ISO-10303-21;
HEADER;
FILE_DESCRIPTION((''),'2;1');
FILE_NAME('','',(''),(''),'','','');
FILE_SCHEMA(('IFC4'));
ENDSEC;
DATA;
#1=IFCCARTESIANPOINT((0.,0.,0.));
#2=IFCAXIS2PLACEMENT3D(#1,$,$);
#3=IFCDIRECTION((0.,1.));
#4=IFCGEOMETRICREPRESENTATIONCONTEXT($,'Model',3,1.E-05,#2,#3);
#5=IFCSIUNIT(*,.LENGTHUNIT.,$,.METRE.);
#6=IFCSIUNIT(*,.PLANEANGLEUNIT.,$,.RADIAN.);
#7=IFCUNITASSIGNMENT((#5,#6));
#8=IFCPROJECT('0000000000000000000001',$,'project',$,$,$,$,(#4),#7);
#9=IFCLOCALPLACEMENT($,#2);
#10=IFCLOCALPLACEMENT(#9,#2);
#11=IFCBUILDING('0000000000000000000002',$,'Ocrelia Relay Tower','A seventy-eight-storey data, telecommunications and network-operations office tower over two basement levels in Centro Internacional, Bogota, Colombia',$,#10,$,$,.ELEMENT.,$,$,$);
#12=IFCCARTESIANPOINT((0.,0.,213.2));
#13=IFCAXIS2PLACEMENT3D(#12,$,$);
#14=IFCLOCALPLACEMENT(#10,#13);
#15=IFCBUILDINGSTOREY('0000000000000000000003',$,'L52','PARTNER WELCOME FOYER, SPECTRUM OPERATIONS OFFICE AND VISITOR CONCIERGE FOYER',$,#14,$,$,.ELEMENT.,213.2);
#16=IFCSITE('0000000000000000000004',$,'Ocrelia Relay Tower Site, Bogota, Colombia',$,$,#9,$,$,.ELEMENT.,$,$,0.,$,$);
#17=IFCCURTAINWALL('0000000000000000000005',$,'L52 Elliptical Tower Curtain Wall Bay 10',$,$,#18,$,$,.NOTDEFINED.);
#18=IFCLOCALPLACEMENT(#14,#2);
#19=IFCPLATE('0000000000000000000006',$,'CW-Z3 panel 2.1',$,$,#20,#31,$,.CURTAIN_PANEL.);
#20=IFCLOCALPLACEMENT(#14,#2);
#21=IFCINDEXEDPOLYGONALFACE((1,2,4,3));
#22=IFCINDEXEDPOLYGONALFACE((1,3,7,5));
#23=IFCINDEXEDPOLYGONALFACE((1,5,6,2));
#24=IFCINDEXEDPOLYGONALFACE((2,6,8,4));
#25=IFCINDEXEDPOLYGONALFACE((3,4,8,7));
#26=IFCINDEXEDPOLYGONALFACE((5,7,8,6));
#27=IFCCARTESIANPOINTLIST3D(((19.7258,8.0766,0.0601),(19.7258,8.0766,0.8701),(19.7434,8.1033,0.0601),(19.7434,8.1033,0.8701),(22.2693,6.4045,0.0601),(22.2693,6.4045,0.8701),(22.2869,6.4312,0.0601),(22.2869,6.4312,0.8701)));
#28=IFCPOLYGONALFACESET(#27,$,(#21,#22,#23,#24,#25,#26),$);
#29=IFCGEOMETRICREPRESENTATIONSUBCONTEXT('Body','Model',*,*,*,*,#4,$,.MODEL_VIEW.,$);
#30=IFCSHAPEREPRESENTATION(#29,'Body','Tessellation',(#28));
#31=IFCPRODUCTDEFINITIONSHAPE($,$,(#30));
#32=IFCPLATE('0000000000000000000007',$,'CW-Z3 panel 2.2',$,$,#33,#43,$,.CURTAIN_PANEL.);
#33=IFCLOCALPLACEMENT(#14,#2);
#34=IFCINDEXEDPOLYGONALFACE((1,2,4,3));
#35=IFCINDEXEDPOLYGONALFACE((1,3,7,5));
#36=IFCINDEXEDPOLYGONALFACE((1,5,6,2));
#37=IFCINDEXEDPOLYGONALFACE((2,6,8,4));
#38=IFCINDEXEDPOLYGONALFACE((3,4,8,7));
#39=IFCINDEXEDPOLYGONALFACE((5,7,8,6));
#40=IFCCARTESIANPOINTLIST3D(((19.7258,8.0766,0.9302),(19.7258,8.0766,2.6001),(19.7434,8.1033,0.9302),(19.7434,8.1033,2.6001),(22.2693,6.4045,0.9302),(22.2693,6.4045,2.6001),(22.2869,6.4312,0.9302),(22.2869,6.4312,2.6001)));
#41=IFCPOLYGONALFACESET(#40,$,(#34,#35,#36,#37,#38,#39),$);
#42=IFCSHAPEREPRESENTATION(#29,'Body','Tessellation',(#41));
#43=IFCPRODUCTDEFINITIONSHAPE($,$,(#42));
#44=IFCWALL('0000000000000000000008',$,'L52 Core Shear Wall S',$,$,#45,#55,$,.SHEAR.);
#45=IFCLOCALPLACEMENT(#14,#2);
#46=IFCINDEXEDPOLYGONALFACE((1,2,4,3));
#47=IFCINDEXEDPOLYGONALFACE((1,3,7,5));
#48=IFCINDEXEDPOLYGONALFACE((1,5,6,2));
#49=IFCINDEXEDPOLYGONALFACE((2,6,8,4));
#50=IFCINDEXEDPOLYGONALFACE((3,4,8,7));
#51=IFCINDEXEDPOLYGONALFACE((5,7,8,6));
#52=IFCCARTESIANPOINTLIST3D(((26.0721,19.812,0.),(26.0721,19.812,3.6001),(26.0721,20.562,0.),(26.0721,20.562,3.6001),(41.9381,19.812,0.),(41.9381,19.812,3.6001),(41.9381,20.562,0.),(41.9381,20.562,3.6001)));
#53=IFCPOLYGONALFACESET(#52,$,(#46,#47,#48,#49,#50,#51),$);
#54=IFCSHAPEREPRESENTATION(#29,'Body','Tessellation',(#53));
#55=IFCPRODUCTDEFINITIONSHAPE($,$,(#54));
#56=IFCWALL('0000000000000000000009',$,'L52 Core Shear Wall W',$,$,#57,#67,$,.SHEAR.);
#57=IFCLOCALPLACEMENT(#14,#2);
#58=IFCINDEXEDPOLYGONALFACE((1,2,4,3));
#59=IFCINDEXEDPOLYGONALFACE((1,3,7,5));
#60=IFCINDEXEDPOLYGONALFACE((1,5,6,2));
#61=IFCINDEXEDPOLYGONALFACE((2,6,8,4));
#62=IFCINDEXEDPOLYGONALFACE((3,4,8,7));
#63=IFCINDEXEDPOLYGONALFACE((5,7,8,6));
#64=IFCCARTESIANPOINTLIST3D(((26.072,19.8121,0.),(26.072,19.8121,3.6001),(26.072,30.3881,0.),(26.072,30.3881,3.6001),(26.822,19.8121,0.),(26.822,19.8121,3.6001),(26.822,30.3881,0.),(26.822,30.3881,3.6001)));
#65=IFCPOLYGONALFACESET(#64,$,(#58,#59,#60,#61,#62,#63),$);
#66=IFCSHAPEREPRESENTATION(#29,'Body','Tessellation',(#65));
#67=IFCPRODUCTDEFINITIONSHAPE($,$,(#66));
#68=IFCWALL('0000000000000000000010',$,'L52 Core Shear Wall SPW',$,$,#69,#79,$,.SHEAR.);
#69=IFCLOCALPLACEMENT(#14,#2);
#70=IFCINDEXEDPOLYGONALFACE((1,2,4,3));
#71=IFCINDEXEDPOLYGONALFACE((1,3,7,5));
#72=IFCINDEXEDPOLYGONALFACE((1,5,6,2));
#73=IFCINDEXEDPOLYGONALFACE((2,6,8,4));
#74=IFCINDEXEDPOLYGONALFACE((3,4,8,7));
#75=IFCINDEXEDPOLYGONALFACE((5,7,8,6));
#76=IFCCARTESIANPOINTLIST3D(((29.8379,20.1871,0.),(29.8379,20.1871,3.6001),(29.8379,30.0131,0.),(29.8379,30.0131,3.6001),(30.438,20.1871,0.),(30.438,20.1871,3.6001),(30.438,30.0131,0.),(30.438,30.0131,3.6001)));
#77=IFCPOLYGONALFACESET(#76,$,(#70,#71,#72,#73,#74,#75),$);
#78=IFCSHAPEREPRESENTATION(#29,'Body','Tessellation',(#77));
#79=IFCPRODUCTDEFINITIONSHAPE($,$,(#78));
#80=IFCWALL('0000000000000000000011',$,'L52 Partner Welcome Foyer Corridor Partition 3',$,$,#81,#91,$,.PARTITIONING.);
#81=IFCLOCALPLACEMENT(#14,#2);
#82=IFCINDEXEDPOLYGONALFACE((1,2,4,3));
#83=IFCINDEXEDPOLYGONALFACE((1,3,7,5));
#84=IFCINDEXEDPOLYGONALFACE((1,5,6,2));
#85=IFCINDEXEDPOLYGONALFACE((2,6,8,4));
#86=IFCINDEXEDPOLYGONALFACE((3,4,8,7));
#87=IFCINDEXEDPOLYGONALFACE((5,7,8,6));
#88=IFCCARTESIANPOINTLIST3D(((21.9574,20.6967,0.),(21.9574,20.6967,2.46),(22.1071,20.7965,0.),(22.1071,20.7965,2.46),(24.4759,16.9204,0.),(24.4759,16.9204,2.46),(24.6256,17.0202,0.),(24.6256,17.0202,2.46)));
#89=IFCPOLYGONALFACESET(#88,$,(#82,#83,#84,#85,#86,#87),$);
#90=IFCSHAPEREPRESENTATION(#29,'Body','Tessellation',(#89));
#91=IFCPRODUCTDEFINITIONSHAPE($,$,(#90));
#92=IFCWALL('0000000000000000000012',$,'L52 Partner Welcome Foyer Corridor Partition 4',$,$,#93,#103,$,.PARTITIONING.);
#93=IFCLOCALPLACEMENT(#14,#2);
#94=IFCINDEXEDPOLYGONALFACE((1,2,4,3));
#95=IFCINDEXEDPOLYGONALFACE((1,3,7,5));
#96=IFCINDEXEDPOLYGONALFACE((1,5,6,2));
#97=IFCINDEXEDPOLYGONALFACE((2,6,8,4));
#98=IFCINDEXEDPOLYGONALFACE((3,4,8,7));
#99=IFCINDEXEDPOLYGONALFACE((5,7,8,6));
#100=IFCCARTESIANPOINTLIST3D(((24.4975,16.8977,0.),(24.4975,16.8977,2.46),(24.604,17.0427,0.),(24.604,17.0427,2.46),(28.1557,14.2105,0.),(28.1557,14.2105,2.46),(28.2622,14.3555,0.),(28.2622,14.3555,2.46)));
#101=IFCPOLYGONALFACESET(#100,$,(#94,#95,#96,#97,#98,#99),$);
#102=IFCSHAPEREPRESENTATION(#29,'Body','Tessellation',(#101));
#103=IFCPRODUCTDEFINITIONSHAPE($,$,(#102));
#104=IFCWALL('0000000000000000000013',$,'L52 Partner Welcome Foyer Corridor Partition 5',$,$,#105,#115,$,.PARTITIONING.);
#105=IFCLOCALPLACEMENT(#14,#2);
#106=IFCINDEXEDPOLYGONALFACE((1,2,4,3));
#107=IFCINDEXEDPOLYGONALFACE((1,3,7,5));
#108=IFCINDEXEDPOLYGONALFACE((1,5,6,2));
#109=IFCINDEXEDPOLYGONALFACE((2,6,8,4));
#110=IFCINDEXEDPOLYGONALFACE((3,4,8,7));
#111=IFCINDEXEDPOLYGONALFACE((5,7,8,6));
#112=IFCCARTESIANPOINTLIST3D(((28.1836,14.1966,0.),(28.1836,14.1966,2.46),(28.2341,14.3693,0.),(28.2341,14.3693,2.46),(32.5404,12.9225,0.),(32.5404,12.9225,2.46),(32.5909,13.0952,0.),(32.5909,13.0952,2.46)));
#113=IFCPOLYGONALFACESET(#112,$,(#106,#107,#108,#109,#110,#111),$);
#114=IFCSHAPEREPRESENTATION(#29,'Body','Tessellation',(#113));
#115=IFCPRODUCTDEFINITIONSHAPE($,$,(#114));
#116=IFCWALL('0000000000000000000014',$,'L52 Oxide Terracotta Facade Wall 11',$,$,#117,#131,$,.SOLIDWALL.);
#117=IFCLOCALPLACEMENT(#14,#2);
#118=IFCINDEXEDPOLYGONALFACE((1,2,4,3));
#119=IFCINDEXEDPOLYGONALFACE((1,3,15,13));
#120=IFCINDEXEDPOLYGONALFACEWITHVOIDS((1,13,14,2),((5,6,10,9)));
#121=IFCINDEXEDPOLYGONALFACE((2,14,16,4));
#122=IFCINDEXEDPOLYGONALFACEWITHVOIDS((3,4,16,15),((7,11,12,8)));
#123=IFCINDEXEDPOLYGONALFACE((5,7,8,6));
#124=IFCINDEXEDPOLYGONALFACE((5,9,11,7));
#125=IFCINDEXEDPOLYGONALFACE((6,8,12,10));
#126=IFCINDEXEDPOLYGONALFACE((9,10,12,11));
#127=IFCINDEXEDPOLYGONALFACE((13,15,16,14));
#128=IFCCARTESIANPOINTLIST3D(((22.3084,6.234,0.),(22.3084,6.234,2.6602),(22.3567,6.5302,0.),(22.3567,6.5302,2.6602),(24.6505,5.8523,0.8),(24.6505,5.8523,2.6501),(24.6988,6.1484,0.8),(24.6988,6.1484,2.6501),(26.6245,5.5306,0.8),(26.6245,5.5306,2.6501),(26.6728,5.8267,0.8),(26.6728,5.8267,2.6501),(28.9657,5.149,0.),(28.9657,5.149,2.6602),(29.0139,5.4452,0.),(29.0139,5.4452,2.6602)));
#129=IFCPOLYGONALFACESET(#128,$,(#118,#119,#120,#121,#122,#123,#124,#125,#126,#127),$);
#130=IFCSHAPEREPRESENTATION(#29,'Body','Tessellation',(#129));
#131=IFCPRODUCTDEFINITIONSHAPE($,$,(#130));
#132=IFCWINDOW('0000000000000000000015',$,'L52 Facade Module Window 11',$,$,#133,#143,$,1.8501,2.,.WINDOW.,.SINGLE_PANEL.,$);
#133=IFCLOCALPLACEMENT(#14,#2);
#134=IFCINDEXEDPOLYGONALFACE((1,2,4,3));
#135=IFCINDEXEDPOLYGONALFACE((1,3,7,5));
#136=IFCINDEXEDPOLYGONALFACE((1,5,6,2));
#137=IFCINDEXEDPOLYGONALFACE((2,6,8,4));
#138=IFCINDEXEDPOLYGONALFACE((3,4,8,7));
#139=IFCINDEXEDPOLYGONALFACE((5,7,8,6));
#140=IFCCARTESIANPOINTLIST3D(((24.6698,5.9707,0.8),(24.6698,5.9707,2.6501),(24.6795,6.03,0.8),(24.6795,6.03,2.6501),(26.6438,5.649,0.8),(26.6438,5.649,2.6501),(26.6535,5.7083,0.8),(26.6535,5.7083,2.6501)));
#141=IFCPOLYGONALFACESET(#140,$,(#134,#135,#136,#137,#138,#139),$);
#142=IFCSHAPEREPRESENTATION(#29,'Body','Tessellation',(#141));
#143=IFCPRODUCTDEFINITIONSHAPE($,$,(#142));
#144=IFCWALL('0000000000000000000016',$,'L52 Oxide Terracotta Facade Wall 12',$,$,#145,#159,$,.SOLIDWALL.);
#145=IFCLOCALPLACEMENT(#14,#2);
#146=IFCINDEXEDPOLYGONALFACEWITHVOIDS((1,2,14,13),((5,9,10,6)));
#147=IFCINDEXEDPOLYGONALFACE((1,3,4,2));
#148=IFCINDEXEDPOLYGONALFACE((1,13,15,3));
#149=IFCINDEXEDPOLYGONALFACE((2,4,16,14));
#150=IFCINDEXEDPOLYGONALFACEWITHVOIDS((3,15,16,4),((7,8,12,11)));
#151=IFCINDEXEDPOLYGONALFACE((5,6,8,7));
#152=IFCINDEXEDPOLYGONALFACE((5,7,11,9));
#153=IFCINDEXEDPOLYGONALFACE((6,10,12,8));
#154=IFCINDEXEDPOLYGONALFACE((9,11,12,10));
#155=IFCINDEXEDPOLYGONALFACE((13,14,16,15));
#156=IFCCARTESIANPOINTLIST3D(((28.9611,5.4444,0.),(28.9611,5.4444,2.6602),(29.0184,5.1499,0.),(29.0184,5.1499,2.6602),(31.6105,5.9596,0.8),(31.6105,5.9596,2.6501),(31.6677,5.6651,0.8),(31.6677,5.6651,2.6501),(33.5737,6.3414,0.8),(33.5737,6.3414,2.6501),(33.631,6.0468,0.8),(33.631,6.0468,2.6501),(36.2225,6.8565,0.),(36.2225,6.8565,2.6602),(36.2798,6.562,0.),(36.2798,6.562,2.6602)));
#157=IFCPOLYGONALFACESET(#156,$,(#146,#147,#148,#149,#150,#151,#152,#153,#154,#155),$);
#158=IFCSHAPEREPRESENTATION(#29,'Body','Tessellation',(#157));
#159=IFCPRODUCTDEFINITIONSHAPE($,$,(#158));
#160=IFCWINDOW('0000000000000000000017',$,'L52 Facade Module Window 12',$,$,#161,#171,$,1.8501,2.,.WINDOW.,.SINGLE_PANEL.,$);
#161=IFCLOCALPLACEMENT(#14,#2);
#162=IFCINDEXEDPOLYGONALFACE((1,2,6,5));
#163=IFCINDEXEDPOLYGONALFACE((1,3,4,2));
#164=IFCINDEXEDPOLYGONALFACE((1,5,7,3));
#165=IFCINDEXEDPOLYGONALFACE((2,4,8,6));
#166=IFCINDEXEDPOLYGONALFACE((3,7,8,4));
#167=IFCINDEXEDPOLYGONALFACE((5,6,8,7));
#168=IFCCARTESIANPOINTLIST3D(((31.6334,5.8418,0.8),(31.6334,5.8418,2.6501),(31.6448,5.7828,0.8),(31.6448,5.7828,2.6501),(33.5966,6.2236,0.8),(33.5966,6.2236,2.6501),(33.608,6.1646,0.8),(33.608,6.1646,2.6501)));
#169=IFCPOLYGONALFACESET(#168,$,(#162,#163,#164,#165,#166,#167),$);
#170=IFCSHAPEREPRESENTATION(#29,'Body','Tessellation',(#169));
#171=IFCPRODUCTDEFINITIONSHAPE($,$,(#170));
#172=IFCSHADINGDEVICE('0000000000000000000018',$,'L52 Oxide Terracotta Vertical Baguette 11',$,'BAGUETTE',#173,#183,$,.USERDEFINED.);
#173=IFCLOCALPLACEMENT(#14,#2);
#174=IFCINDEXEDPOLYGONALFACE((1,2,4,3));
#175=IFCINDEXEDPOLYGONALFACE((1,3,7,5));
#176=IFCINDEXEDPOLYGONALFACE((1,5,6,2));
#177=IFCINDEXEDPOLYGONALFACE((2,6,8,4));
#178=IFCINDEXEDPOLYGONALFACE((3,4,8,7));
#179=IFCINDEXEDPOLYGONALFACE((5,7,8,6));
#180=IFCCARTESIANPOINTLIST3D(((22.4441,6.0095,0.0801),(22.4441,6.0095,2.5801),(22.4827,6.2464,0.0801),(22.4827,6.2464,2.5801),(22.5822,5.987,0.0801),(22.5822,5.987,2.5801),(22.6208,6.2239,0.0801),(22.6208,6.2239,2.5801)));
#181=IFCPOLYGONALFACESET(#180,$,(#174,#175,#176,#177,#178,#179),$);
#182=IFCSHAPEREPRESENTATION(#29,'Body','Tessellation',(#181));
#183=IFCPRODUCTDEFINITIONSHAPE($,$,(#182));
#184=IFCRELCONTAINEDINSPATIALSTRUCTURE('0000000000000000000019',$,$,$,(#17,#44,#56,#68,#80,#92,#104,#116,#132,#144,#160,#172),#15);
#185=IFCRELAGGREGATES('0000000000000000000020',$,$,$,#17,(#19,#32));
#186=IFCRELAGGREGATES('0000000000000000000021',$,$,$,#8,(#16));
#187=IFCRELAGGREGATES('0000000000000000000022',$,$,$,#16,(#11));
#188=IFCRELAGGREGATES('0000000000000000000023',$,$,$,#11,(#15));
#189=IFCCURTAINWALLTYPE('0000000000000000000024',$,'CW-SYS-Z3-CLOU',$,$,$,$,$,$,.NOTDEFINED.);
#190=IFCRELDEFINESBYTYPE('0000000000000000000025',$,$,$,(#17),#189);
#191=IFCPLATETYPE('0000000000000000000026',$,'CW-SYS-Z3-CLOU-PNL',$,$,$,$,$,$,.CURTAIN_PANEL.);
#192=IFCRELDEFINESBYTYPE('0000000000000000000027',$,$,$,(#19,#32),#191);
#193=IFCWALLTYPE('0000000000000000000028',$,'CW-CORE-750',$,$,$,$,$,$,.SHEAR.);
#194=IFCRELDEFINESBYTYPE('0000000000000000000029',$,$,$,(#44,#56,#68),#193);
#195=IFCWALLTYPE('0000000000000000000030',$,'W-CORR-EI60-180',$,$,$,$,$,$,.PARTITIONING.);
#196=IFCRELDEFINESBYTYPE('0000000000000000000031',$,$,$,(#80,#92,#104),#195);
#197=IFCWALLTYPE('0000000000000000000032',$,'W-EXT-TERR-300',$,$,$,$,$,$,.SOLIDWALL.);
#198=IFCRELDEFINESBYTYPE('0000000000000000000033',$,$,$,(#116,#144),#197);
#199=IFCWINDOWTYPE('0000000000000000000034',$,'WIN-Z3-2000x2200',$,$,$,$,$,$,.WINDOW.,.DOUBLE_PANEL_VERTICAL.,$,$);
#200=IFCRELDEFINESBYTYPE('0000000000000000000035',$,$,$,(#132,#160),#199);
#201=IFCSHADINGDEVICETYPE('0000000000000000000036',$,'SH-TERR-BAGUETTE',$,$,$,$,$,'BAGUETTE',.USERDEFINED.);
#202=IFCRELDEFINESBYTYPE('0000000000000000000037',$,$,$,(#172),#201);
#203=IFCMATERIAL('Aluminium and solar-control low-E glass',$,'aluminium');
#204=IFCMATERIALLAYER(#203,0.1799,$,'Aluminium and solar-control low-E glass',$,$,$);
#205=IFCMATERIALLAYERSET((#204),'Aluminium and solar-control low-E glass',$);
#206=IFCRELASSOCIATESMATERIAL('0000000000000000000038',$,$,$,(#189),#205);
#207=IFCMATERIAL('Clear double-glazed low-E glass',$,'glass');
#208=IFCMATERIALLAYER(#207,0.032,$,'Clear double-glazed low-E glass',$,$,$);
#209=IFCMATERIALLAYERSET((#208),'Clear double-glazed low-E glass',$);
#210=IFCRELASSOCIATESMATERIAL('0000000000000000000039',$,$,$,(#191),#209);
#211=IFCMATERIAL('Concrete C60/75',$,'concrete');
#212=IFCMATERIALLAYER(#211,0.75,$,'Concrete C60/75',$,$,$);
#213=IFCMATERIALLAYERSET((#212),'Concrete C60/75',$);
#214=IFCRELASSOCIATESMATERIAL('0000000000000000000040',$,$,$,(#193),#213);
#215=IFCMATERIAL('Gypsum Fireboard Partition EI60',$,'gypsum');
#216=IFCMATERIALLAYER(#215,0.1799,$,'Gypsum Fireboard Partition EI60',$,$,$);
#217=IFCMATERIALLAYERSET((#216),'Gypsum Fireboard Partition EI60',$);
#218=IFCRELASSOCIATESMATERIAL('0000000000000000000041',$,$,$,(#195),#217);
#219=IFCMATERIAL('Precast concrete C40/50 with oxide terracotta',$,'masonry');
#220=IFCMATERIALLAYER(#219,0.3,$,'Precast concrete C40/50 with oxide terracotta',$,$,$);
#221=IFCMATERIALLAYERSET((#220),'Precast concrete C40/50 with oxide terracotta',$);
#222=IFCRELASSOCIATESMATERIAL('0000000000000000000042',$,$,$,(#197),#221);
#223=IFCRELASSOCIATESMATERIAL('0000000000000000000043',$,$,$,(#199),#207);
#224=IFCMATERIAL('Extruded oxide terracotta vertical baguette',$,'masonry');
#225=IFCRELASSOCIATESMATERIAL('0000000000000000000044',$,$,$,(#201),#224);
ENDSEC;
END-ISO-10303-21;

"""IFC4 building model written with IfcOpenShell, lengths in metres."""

from ifc_helpers import new_model, si_unit, direction, frame, frame_2d, origin, origin_2d, place, context, subcontext, project, spatial, rectangle, extrude, material, layer, layer_set, type_object, element, fill, aggregate, save


model = new_model("IFC4")

# Units and contexts
model_context = context("Model", 3, precision=1e-05, world=origin(), true_north=direction((0.0, 1.0)))
body_context = subcontext(model_context, "Body", "Model", "MODEL_VIEW")
ifc_project = project(units=[si_unit("LENGTHUNIT", "METRE"), si_unit("PLANEANGLEUNIT", "RADIAN")], contexts=[model_context])

# Site, building, storey
site_placement = place(None, origin())
site = spatial("IfcSite", under=ifc_project, at=site_placement, Name="Ocrelia Relay Tower Site, Bogota, Colombia", CompositionType="ELEMENT", RefElevation=0.0)
building_placement = place(site_placement, origin())
building = spatial("IfcBuilding", under=site, at=building_placement, Name="Ocrelia Relay Tower", Description="A seventy-eight-storey data, telecommunications and network-operations office tower over two basement levels in Centro Internacional, Bogota, Colombia", CompositionType="ELEMENT")
storey_placement = place(building_placement, frame((0.0, 0.0, 213.2)))
storey = spatial("IfcBuildingStorey", under=building, at=storey_placement, Name="L52", Description="PARTNER WELCOME FOYER, SPECTRUM OPERATIONS OFFICE AND VISITOR CONCIERGE FOYER", CompositionType="ELEMENT", Elevation=213.2)

# Shared definitions
ifc_material_1 = material(Name="Concrete C60/75", Category="concrete")

# Curtain wall, plates
ifc_material_2 = material(Name="Aluminium and solar-control low-E glass", Category="aluminium")
ifc_layer_1 = layer(ifc_material_2, 0.1799, Name="Aluminium and solar-control low-E glass")
ifc_layer_set_1 = layer_set([ifc_layer_1], Name="Aluminium and solar-control low-E glass")
curtain_wall_type = type_object("IfcCurtainWallType", Name="CW-SYS-Z3-CLOU", PredefinedType="NOTDEFINED", material=ifc_layer_set_1)
curtain_wall_placement = place(storey_placement, origin())
curtain_wall = element("IfcCurtainWall", 1, at=curtain_wall_placement, inside=storey, type_object=curtain_wall_type, Name="L52 Elliptical Tower Curtain Wall Bay 10", PredefinedType="NOTDEFINED")
ifc_material_3 = material(Name="Clear double-glazed low-E glass", Category="glass")
ifc_layer_2 = layer(ifc_material_3, 0.032, Name="Clear double-glazed low-E glass")
ifc_layer_set_2 = layer_set([ifc_layer_2], Name="Clear double-glazed low-E glass")
plate_type = type_object("IfcPlateType", Name="CW-SYS-Z3-CLOU-PNL", PredefinedType="CURTAIN_PANEL", material=ifc_layer_set_2)
plate_1_placement = place(storey_placement, frame((21.0063, 7.2539, 0.0601), z_axis=(0.0, 0.0, 1.0), x_axis=(0.835613, -0.549319, 0.0)))
plate_1 = element("IfcPlate", 2, at=plate_1_placement, type_object=plate_type, Name="CW-Z3 panel 2.1", PredefinedType="CURTAIN_PANEL", context=body_context, shape_type="SweptSolid", body=[
    extrude(rectangle(XDim=3.0439, YDim=0.032, at=origin_2d()), origin(), (0.0, 0.0, 1.0), 0.8101),
])
plate_2_placement = place(storey_placement, frame((21.0063, 7.2539, 0.9302), z_axis=(0.0, 0.0, 1.0), x_axis=(0.835613, -0.549319, 0.0)))
plate_2 = element("IfcPlate", 3, at=plate_2_placement, type_object=plate_type, Name="CW-Z3 panel 2.2", PredefinedType="CURTAIN_PANEL", context=body_context, shape_type="SweptSolid", body=[
    extrude(rectangle(XDim=3.0439, YDim=0.032, at=origin_2d()), origin(), (0.0, 0.0, 1.0), 1.6699),
])
aggregate(curtain_wall, [plate_1, plate_2])

# Walls
ifc_layer_3 = layer(ifc_material_1, 0.75, Name="Concrete C60/75")
ifc_layer_set_3 = layer_set([ifc_layer_3], Name="Concrete C60/75")
wall_type_1 = type_object("IfcWallType", Name="CW-CORE-750", PredefinedType="SHEAR", material=ifc_layer_set_3)
wall_1_placement = place(storey_placement, frame((26.072, 20.187, 0.0), z_axis=(0.0, 0.0, 1.0), x_axis=(1.0, 0.0, 0.0)))
element("IfcWall", 4, at=wall_1_placement, inside=storey, type_object=wall_type_1, Name="L52 Core Shear Wall S", PredefinedType="SHEAR", context=body_context, shape_type="SweptSolid", body=[
    extrude(rectangle(XDim=15.866, YDim=0.75, at=frame_2d((7.9331, 0.0))), origin(), (0.0, 0.0, 1.0), 3.6001),
])
wall_2_placement = place(storey_placement, frame((26.447, 19.812, 0.0), z_axis=(0.0, 0.0, 1.0), x_axis=(0.0, 1.0, 0.0)))
element("IfcWall", 5, at=wall_2_placement, inside=storey, type_object=wall_type_1, Name="L52 Core Shear Wall W", PredefinedType="SHEAR", context=body_context, shape_type="SweptSolid", body=[
    extrude(rectangle(XDim=10.5759, YDim=0.75, at=frame_2d((5.2881, 0.0))), origin(), (0.0, 0.0, 1.0), 3.6001),
])
wall_3_placement = place(storey_placement, frame((30.1379, 20.187, 0.0), z_axis=(0.0, 0.0, 1.0), x_axis=(0.0, 1.0, 0.0)))
element("IfcWall", 6, at=wall_3_placement, inside=storey, type_object=wall_type_1, Name="L52 Core Shear Wall SPW", PredefinedType="SHEAR", context=body_context, shape_type="SweptSolid", body=[
    extrude(rectangle(XDim=9.8259, YDim=0.6001, at=frame_2d((4.9131, 0.0))), origin(), (0.0, 0.0, 1.0), 3.6001),
])
ifc_material_4 = material(Name="Gypsum Fireboard Partition EI60", Category="gypsum")
ifc_layer_4 = layer(ifc_material_4, 0.1799, Name="Gypsum Fireboard Partition EI60")
ifc_layer_set_4 = layer_set([ifc_layer_4], Name="Gypsum Fireboard Partition EI60")
wall_type_2 = type_object("IfcWallType", Name="W-CORR-EI60-180", PredefinedType="PARTITIONING", material=ifc_layer_set_4)
for number, where, z_axis, x_axis, name in (
    (7, (22.0322, 20.7466, 0.0), (0.0, 0.0, 1.0), (0.554849, -0.831951, 0.0), "L52 Partner Welcome Foyer Corridor Partition 3"),
    (8, (24.5508, 16.9702, 0.0), (0.0, 0.0, 1.0), (0.805924, -0.592019, 0.0), "L52 Partner Welcome Foyer Corridor Partition 4"),
):
    element("IfcWall", number, at=place(storey_placement, frame(where, z_axis=z_axis, x_axis=x_axis)), inside=storey, type_object=wall_type_2, Name=name, PredefinedType="PARTITIONING", context=body_context, shape_type="SweptSolid", body=[
        extrude(rectangle(XDim=4.5391, YDim=0.1799, at=frame_2d((2.2695, 0.0))), origin(), (0.0, 0.0, 1.0), 2.46),
    ])
wall_4_placement = place(storey_placement, frame((28.209, 14.283, 0.0), z_axis=(0.0, 0.0, 1.0), x_axis=(0.959799, -0.28069, 0.0)))
element("IfcWall", 9, at=wall_4_placement, inside=storey, type_object=wall_type_2, Name="L52 Partner Welcome Foyer Corridor Partition 5", PredefinedType="PARTITIONING", context=body_context, shape_type="SweptSolid", body=[
    extrude(rectangle(XDim=4.5393, YDim=0.1799, at=frame_2d((2.2695, 0.0))), origin(), (0.0, 0.0, 1.0), 2.46),
])

# Walls, openings, windows
ifc_material_5 = material(Name="Precast concrete C40/50 with oxide terracotta", Category="masonry")
ifc_layer_5 = layer(ifc_material_5, 0.3, Name="Precast concrete C40/50 with oxide terracotta")
ifc_layer_set_5 = layer_set([ifc_layer_5], Name="Precast concrete C40/50 with oxide terracotta")
wall_type_3 = type_object("IfcWallType", Name="W-EXT-TERR-300", PredefinedType="SOLIDWALL", material=ifc_layer_set_5)
wall_5_placement = place(storey_placement, frame((22.3325, 6.3821, 0.0), z_axis=(0.0, 0.0, 1.0), x_axis=(0.986978, -0.160853, 0.0)))
wall_5 = element("IfcWall", 10, at=wall_5_placement, inside=storey, type_object=wall_type_3, Name="L52 Oxide Terracotta Facade Wall 11", PredefinedType="SOLIDWALL", context=body_context, shape_type="SweptSolid", body=[
    extrude(rectangle(XDim=6.7451, YDim=0.3, at=frame_2d((3.3726, 0.0))), origin(), (0.0, 0.0, 1.0), 2.6602),
])
opening_1_placement = place(wall_5_placement, frame((2.373, 0.0, 0.8)))
opening_1 = element("IfcOpeningElement", 11, at=opening_1_placement, cuts=wall_5, PredefinedType="OPENING", context=body_context, shape_type="SweptSolid", body=[
    extrude(rectangle(XDim=2.0, YDim=1.8501, at=frame_2d((1.0, 0.925))), frame((0.0, 0.1602, 0.0), z_axis=(0.0, -1.0, 0.0), x_axis=(1.0, 0.0, 0.0)), (0.0, 0.0, 1.0), 0.3201),
])
window_type = type_object("IfcWindowType", Name="WIN-Z3-2000x2200", PartitioningType="DOUBLE_PANEL_VERTICAL", PredefinedType="WINDOW", material=ifc_material_3)
window_1_placement = place(opening_1_placement, origin())
window_1 = element("IfcWindow", 12, at=window_1_placement, inside=storey, type_object=window_type, Name="L52 Facade Module Window 11", OverallHeight=1.8501, OverallWidth=2.0, PartitioningType="SINGLE_PANEL", PredefinedType="WINDOW", context=body_context, shape_type="SweptSolid", body=[
    extrude(rectangle(XDim=2.0, YDim=1.8501, at=frame_2d((1.0, 0.925))), frame((0.0, 0.03, 0.0), z_axis=(0.0, -1.0, 0.0), x_axis=(1.0, 0.0, 0.0)), (0.0, 0.0, 1.0), 0.0601),
])
fill(opening_1, window_1)
wall_6_placement = place(storey_placement, frame((28.9897, 5.2971, 0.0), z_axis=(0.0, 0.0, 1.0), x_axis=(0.981611, 0.19089, 0.0)))
wall_6 = element("IfcWall", 13, at=wall_6_placement, inside=storey, type_object=wall_type_3, Name="L52 Oxide Terracotta Facade Wall 12", PredefinedType="SOLIDWALL", context=body_context, shape_type="SweptSolid", body=[
    extrude(rectangle(XDim=7.3975, YDim=0.3, at=frame_2d((3.6987, 0.0))), origin(), (0.0, 0.0, 1.0), 2.6602),
])
opening_2_placement = place(wall_6_placement, frame((2.699, 0.0, 0.8)))
opening_2 = element("IfcOpeningElement", 14, at=opening_2_placement, cuts=wall_6, PredefinedType="OPENING", context=body_context, shape_type="SweptSolid", body=[
    extrude(rectangle(XDim=2.0, YDim=1.8501, at=frame_2d((1.0, 0.925))), frame((0.0, 0.1602, 0.0), z_axis=(0.0, -1.0, 0.0), x_axis=(1.0, 0.0, 0.0)), (0.0, 0.0, 1.0), 0.3201),
])
window_2_placement = place(opening_2_placement, origin())
window_2 = element("IfcWindow", 15, at=window_2_placement, inside=storey, type_object=window_type, Name="L52 Facade Module Window 12", OverallHeight=1.8501, OverallWidth=2.0, PartitioningType="SINGLE_PANEL", PredefinedType="WINDOW", context=body_context, shape_type="SweptSolid", body=[
    extrude(rectangle(XDim=2.0, YDim=1.8501, at=frame_2d((1.0, 0.925))), frame((0.0, 0.03, 0.0), z_axis=(0.0, -1.0, 0.0), x_axis=(1.0, 0.0, 0.0)), (0.0, 0.0, 1.0), 0.0601),
])
fill(opening_2, window_2)

# Shading device
ifc_material_6 = material(Name="Extruded oxide terracotta vertical baguette", Category="masonry")
shading_device_type_1 = type_object("IfcShadingDeviceType", Name="SH-TERR-BAGUETTE", ElementType="BAGUETTE", PredefinedType="USERDEFINED", material=ifc_material_6)
for number, where, z_axis, x_axis, name in (
    (16, (22.5325, 6.1167, 0.0801), (0.0, 0.0, 1.0), (0.986977, -0.160859, 0.0), "L52 Oxide Terracotta Vertical Baguette 11"),
):
    element("IfcShadingDevice", number, at=place(storey_placement, frame(where, z_axis=z_axis, x_axis=x_axis)), inside=storey, type_object=shading_device_type_1, Name=name, ObjectType="BAGUETTE", PredefinedType="USERDEFINED", context=body_context, shape_type="SweptSolid", body=[
        extrude(rectangle(XDim=0.1399, YDim=0.24, at=origin_2d()), origin(), (0.0, 0.0, 1.0), 2.5),
    ])

save(model, "model.ifc")
